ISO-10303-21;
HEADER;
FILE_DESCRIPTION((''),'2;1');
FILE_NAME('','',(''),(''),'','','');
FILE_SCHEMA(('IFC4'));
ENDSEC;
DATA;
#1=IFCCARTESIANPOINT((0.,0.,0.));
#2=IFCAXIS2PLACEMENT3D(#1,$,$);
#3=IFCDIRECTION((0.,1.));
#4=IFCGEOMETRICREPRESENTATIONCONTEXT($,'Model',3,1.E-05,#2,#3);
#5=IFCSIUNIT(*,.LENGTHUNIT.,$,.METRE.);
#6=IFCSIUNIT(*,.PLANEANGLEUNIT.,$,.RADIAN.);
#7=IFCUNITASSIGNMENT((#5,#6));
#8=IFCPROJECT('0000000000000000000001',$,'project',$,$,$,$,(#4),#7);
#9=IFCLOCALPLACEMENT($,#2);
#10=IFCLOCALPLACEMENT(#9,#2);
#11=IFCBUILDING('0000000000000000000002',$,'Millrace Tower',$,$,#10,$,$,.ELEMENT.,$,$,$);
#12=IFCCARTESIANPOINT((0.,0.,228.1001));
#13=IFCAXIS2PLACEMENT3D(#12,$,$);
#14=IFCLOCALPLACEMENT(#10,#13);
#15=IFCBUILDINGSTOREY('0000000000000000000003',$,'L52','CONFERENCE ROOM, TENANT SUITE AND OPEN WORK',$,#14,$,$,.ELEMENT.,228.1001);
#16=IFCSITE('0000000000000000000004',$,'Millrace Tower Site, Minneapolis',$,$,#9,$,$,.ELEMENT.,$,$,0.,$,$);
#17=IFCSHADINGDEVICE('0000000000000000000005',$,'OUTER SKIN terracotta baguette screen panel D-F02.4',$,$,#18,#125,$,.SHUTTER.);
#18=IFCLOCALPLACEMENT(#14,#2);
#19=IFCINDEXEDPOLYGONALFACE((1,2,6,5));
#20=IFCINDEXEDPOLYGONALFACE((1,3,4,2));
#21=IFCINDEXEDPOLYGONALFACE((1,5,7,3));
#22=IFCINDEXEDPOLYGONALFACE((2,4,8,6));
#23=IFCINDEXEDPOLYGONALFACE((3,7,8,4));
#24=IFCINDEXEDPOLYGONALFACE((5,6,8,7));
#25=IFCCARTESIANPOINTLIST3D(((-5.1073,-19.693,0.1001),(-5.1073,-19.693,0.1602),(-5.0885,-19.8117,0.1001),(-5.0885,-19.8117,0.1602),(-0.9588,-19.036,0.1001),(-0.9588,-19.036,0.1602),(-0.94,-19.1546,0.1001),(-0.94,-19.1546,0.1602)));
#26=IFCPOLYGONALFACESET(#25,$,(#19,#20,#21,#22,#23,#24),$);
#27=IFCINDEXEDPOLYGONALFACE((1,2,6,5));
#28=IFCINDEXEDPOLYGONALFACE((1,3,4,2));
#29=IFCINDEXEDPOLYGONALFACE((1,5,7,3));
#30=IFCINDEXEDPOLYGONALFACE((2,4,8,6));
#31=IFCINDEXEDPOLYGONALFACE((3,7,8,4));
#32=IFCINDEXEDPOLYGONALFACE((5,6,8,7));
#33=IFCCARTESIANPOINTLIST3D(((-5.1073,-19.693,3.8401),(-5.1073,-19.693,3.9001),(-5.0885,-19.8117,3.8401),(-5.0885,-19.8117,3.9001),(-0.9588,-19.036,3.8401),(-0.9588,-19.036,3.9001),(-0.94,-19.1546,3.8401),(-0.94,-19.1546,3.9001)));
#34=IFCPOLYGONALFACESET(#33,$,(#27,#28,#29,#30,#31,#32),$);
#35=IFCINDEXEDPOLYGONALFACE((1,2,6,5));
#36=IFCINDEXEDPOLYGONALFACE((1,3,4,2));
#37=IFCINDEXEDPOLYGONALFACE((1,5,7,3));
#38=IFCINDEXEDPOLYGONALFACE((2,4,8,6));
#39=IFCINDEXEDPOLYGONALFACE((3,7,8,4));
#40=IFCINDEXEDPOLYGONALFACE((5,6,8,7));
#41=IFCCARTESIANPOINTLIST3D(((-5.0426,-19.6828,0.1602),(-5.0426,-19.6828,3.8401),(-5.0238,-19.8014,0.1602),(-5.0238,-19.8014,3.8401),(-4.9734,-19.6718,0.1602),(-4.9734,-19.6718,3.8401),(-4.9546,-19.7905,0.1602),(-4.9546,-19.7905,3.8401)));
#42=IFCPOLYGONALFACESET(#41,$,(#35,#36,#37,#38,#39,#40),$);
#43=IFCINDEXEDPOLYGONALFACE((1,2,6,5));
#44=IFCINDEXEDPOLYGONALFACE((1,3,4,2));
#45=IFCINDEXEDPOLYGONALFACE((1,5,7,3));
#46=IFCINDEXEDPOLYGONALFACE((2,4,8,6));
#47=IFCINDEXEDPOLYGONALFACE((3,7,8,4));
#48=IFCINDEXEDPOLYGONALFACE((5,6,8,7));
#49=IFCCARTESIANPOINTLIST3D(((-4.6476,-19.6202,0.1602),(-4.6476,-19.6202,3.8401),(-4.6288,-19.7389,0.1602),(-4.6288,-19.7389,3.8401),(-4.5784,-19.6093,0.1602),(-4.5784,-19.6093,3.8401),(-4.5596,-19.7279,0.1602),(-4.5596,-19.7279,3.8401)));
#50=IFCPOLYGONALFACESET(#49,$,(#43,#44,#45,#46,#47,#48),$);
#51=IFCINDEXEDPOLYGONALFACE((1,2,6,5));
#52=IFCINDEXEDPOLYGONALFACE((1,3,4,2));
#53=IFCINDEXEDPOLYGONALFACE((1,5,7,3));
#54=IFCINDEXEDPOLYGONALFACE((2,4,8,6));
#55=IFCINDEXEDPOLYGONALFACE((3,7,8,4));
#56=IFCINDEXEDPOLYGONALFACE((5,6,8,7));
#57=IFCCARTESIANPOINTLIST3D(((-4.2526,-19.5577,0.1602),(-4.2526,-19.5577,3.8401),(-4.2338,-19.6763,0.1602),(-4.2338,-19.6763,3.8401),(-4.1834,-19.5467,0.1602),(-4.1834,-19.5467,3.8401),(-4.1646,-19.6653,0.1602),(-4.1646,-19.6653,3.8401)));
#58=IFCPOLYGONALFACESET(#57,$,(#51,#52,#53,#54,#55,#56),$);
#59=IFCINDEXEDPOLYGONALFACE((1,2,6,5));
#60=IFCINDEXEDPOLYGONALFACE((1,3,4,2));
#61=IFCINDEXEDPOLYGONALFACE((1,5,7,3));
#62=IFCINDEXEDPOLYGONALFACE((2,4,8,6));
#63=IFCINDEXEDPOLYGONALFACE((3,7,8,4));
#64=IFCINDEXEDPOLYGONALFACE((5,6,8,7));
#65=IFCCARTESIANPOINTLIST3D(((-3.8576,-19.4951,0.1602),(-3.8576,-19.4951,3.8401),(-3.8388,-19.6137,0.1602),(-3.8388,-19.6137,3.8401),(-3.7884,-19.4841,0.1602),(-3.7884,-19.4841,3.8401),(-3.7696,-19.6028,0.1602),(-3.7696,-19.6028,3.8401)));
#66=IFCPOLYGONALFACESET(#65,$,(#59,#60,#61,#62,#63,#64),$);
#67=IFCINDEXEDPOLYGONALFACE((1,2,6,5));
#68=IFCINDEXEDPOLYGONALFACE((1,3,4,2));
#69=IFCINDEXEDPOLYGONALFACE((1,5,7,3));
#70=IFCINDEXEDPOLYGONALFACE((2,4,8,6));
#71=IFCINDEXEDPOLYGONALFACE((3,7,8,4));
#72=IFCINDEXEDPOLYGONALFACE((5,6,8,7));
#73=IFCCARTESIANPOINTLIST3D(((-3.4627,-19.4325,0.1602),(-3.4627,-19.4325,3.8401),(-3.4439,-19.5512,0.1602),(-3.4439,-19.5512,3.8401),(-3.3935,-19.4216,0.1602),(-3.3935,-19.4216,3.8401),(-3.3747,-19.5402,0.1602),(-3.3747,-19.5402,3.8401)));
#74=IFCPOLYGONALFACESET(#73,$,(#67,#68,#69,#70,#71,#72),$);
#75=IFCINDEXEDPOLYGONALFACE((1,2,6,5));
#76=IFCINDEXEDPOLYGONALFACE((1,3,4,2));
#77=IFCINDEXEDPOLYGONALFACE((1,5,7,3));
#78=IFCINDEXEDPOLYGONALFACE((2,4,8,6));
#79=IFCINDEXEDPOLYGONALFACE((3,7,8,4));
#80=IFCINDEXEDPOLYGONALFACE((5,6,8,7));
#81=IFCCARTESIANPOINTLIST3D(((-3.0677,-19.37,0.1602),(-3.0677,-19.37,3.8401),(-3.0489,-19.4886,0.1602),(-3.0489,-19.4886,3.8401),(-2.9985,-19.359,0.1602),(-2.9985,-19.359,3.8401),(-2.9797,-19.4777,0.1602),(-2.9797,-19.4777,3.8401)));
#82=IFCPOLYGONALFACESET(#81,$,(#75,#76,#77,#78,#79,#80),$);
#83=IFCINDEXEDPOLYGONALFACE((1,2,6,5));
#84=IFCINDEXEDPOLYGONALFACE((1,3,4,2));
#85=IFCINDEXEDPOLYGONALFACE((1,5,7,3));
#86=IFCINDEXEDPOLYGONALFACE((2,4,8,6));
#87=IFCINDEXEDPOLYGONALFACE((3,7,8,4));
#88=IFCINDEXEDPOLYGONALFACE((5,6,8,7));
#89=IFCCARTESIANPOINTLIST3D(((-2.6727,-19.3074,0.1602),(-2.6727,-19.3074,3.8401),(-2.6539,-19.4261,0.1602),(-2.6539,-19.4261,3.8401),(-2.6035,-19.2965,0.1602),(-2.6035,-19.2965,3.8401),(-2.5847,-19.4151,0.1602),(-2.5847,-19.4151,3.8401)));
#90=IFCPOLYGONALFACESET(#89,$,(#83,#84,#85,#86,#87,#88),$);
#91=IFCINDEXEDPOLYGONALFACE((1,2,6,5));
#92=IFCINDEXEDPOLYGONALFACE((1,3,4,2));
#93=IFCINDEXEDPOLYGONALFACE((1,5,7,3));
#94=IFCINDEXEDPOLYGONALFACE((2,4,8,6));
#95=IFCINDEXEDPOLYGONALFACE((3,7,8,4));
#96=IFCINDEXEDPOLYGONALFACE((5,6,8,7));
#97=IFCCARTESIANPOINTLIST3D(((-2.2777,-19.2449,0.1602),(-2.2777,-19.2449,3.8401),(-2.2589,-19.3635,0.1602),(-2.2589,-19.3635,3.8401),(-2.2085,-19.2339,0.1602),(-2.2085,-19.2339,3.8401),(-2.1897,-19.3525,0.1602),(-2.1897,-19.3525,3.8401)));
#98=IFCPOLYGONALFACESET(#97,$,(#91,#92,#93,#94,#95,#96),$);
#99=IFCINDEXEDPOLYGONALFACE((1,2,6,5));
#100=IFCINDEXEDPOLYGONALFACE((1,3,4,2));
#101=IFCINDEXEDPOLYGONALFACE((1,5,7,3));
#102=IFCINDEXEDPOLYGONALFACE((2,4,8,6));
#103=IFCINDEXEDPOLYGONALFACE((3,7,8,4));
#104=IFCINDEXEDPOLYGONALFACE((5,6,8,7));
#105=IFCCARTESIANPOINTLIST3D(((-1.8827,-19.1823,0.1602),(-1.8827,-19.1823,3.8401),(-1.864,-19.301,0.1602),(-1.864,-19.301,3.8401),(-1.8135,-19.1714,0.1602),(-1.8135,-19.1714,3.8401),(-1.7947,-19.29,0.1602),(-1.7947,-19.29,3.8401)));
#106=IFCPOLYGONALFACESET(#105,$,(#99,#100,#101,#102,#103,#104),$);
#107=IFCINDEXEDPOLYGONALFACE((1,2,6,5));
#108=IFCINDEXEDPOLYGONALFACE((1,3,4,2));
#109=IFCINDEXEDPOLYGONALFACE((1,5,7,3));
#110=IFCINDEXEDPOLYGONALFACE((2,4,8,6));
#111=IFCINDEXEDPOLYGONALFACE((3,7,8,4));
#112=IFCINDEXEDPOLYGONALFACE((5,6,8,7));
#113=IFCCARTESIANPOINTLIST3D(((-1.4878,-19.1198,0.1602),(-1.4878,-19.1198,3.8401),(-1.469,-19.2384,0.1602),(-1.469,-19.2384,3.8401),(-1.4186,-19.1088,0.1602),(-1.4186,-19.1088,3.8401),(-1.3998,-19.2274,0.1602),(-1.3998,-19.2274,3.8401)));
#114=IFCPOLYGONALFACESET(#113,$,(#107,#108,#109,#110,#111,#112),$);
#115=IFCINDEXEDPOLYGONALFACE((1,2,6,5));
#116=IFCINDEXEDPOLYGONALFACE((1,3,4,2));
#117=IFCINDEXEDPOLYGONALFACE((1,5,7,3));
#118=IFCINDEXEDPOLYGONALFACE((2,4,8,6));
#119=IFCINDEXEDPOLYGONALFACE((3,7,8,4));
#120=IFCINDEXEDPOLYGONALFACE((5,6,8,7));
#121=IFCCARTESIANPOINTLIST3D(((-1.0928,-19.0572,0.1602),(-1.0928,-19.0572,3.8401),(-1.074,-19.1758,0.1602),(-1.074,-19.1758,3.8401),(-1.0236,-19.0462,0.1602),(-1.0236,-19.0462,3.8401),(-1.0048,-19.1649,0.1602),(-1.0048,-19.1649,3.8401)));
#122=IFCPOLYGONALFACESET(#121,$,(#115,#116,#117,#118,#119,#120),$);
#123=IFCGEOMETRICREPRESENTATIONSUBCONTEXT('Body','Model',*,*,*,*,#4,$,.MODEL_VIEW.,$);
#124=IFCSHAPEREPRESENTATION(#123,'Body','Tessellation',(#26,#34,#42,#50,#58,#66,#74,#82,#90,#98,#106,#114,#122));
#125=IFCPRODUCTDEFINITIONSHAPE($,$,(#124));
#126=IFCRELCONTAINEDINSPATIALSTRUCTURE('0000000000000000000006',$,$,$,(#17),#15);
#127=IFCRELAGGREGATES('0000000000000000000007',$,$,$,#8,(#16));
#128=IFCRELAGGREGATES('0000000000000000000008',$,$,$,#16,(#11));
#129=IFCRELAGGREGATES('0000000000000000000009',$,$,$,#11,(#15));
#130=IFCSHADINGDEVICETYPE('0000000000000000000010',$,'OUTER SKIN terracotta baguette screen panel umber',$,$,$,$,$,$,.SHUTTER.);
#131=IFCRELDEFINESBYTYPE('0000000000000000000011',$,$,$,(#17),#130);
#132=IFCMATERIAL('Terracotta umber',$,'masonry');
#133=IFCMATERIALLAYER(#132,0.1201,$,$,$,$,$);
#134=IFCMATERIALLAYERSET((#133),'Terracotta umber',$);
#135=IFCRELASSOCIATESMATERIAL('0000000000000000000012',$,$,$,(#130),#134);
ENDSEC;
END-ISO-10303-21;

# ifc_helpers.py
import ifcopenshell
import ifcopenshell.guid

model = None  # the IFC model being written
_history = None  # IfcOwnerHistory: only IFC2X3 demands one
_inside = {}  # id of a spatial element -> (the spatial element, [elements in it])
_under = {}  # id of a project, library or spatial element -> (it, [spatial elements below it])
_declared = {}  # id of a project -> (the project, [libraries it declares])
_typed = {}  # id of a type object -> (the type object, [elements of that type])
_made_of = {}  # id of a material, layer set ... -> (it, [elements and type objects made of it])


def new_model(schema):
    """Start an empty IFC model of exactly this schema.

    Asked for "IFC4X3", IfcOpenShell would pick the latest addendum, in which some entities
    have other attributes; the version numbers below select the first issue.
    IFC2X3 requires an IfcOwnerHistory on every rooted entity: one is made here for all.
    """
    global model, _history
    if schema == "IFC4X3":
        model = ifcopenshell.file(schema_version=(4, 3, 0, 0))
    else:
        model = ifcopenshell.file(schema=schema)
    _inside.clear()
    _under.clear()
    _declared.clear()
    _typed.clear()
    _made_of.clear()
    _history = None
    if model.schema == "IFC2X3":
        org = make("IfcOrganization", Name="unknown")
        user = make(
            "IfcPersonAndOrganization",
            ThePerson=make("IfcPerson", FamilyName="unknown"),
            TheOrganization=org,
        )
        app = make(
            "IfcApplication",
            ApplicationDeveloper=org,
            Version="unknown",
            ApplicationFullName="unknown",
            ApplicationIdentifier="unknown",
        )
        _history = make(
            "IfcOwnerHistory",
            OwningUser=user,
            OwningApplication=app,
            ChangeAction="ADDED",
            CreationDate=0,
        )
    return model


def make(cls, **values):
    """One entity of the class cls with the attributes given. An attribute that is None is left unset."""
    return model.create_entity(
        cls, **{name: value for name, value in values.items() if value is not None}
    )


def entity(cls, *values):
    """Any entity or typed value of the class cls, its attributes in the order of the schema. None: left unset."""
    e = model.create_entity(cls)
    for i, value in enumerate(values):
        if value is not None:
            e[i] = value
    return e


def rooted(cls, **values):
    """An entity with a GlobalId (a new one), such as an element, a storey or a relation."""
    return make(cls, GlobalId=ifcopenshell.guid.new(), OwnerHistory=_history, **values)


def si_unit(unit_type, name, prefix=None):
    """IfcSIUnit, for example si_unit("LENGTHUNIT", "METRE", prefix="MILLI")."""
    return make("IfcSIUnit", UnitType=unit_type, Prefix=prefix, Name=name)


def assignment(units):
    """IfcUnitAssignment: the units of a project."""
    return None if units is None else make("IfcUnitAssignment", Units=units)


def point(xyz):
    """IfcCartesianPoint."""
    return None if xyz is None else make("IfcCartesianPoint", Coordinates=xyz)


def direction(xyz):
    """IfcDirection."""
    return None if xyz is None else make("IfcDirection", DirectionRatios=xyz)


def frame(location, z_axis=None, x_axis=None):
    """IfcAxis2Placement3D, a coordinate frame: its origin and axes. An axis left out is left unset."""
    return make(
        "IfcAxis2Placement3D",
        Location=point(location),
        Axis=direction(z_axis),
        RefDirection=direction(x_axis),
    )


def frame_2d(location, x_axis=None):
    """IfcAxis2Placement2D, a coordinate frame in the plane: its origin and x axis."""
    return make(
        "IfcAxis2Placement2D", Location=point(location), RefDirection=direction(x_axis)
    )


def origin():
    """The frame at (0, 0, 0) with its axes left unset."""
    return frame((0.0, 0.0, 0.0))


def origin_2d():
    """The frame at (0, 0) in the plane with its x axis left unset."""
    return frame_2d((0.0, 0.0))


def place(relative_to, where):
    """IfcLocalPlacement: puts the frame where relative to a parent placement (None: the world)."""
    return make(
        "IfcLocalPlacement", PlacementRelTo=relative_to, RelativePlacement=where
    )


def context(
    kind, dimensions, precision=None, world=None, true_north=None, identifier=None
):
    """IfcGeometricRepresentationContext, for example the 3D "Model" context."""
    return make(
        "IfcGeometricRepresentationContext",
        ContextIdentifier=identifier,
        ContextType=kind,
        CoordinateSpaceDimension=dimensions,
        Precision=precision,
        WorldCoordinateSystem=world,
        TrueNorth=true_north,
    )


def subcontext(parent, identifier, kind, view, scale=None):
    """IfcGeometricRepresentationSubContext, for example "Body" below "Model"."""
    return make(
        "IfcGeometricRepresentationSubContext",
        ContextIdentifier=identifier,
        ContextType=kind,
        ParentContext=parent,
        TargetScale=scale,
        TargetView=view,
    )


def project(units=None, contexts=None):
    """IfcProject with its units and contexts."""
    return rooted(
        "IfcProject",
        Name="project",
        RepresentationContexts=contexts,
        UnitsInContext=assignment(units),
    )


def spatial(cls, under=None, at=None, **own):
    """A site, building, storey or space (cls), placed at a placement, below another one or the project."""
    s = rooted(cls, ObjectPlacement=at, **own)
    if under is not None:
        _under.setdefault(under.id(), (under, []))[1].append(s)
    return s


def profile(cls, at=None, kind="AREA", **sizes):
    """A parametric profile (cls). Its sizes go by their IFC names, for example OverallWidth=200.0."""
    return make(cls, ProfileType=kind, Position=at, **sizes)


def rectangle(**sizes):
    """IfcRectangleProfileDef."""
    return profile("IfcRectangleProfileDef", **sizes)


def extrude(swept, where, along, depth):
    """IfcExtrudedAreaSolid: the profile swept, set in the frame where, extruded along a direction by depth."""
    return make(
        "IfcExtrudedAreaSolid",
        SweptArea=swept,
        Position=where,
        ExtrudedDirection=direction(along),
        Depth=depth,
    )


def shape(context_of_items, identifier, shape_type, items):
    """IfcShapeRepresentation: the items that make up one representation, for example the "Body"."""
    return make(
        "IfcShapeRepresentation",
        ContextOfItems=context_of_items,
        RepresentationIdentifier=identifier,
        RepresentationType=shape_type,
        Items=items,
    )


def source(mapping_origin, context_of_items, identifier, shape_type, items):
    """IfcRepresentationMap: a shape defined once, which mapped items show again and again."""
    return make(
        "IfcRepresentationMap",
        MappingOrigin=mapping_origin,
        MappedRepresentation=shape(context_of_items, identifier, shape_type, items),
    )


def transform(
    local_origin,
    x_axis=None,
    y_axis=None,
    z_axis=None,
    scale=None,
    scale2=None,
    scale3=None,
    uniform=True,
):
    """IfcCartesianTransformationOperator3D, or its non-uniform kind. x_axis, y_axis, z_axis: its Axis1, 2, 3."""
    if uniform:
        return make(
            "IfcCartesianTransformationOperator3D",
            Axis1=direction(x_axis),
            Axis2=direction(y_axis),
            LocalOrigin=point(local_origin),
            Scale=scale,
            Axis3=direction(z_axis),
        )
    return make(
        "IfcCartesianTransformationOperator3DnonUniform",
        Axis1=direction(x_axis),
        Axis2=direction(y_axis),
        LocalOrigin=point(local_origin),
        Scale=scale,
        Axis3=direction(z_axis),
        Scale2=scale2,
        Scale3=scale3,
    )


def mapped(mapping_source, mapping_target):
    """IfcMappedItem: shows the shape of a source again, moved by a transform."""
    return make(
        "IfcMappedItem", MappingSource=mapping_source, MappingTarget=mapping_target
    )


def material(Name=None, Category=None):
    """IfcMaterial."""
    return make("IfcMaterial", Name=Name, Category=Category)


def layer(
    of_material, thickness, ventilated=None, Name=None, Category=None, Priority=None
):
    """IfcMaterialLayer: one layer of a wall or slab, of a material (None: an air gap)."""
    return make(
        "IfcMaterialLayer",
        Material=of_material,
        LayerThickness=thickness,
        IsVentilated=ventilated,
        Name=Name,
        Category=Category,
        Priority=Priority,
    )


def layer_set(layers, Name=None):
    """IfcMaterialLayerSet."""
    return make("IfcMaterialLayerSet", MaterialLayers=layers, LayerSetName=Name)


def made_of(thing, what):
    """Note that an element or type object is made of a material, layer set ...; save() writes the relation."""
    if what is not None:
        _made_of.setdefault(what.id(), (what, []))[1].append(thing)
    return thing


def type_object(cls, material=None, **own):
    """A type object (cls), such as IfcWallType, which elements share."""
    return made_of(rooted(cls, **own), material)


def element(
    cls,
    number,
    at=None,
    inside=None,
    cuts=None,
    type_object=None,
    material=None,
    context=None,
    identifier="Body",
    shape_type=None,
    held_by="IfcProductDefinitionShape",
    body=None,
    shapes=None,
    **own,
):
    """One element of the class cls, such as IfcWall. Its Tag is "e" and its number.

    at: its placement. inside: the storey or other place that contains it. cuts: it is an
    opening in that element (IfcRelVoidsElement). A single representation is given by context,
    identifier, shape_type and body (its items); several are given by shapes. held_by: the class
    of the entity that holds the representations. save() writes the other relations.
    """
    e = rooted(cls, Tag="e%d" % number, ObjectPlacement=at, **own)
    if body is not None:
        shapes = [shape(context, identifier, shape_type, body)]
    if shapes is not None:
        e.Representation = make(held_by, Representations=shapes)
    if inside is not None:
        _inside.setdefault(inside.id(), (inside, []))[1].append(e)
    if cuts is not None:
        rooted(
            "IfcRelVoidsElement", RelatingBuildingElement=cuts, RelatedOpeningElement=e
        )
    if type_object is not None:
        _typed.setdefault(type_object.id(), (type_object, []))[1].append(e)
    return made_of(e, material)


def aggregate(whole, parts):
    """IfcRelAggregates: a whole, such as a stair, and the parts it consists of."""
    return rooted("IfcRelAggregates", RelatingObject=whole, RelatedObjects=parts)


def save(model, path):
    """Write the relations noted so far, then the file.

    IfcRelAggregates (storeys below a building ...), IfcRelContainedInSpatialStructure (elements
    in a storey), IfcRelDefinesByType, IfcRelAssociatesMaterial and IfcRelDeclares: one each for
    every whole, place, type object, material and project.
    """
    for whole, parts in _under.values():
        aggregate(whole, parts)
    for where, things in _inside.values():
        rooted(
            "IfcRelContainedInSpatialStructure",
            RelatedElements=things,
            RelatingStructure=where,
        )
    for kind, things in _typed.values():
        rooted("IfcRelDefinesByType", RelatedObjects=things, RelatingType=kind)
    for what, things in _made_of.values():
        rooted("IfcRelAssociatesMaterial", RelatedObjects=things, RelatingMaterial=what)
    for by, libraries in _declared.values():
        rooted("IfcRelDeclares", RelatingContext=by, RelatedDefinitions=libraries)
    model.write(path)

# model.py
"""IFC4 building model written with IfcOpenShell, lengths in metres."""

from ifc_helpers import new_model, entity, si_unit, direction, frame, frame_2d, origin, origin_2d, place, context, subcontext, project, spatial, rectangle, extrude, source, transform, mapped, material, layer, layer_set, type_object, element, save


model = new_model("IFC4")

# Units and contexts
model_context = context("Model", 3, precision=1e-05, world=origin(), true_north=direction((0.0, 1.0)))
body_context = subcontext(model_context, "Body", "Model", "MODEL_VIEW")
ifc_project = project(units=[si_unit("LENGTHUNIT", "METRE"), si_unit("PLANEANGLEUNIT", "RADIAN")], contexts=[model_context])

# Site, building, storey
site_placement = place(None, origin())
site = spatial("IfcSite", under=ifc_project, at=site_placement, Name="Millrace Tower Site, Minneapolis", CompositionType="ELEMENT", RefElevation=0.0)
building_placement = place(site_placement, origin())
building = spatial("IfcBuilding", under=site, at=building_placement, Name="Millrace Tower", CompositionType="ELEMENT")
storey_placement = place(building_placement, frame((0.0, 0.0, 228.1001)))
storey = spatial("IfcBuildingStorey", under=building, at=storey_placement, Name="L52", Description="CONFERENCE ROOM, TENANT SUITE AND OPEN WORK", CompositionType="ELEMENT", Elevation=228.1001)

# Shading device
ifc_material_1 = material(Name="Terracotta umber", Category="masonry")
ifc_layer_1 = layer(ifc_material_1, 0.1201)
ifc_layer_set_1 = layer_set([ifc_layer_1], Name="Terracotta umber")
shading_device_type = type_object("IfcShadingDeviceType", Name="OUTER SKIN terracotta baguette screen panel umber", PredefinedType="SHUTTER", material=ifc_layer_set_1)
cartesian_point = entity("IfcCartesianPoint", [-2.1001, 0.0601])
shared_polyline = entity("IfcPolyline", [cartesian_point, entity("IfcCartesianPoint", [2.1001, 0.0601]), entity("IfcCartesianPoint", [2.1001, -0.0601]), entity("IfcCartesianPoint", [-2.1001, -0.0601]), cartesian_point])
shared_shape = source(origin(), body_context, "Body", "SweptSolid", [
    entity("IfcExtrudedAreaSolid", entity("IfcArbitraryClosedProfileDef", "AREA", None, shared_polyline), entity("IfcAxis2Placement3D", entity("IfcCartesianPoint", [0.0, 0.0, 0.0])), entity("IfcDirection", [0.0, 0.0, 1.0]), 0.0601),
    entity("IfcExtrudedAreaSolid", entity("IfcArbitraryClosedProfileDef", "AREA", None, shared_polyline), entity("IfcAxis2Placement3D", entity("IfcCartesianPoint", [0.0, 0.0, 3.74])), entity("IfcDirection", [0.0, 0.0, 1.0]), 0.0601),
    extrude(rectangle(XDim=0.0701, YDim=0.1201, at=frame_2d((-1.9995, 0.0))), frame((0.0, 0.0, 0.0601)), (0.0, 0.0, 1.0), 3.6799),
    extrude(rectangle(XDim=0.0701, YDim=0.1201, at=frame_2d((-1.5996, 0.0))), frame((0.0, 0.0, 0.0601)), (0.0, 0.0, 1.0), 3.6799),
    extrude(rectangle(XDim=0.0701, YDim=0.1201, at=frame_2d((-1.1997, 0.0))), frame((0.0, 0.0, 0.0601)), (0.0, 0.0, 1.0), 3.6799),
    extrude(rectangle(XDim=0.0701, YDim=0.1201, at=frame_2d((-0.7998, 0.0))), frame((0.0, 0.0, 0.0601)), (0.0, 0.0, 1.0), 3.6799),
    extrude(rectangle(XDim=0.0701, YDim=0.1201, at=frame_2d((-0.3999, 0.0))), frame((0.0, 0.0, 0.0601)), (0.0, 0.0, 1.0), 3.6799),
    extrude(rectangle(XDim=0.0701, YDim=0.1201, at=origin_2d()), frame((0.0, 0.0, 0.0601)), (0.0, 0.0, 1.0), 3.6799),
    extrude(rectangle(XDim=0.0701, YDim=0.1201, at=frame_2d((0.3999, 0.0))), frame((0.0, 0.0, 0.0601)), (0.0, 0.0, 1.0), 3.6799),
    extrude(rectangle(XDim=0.0701, YDim=0.1201, at=frame_2d((0.7998, 0.0))), frame((0.0, 0.0, 0.0601)), (0.0, 0.0, 1.0), 3.6799),
    extrude(rectangle(XDim=0.0701, YDim=0.1201, at=frame_2d((1.1997, 0.0))), frame((0.0, 0.0, 0.0601)), (0.0, 0.0, 1.0), 3.6799),
    extrude(rectangle(XDim=0.0701, YDim=0.1201, at=frame_2d((1.5996, 0.0))), frame((0.0, 0.0, 0.0601)), (0.0, 0.0, 1.0), 3.6799),
    extrude(rectangle(XDim=0.0701, YDim=0.1201, at=frame_2d((1.9995, 0.0))), frame((0.0, 0.0, 0.0601)), (0.0, 0.0, 1.0), 3.6799),
])
for number, where, z_axis, x_axis, name in (
    (1, (-3.0237, -19.4238, 0.1001), (0.0, 0.0, 1.0), (0.987688, 0.156434, 0.0), "OUTER SKIN terracotta baguette screen panel D-F02.4"),
):
    element("IfcShadingDevice", number, at=place(storey_placement, frame(where, z_axis=z_axis, x_axis=x_axis)), inside=storey, type_object=shading_device_type, Name=name, PredefinedType="SHUTTER", context=body_context, shape_type="MappedRepresentation", body=[
        mapped(shared_shape, transform((0.0, 0.0, 0.0), scale=1.0)),
    ])

save(model, "model.ifc")
